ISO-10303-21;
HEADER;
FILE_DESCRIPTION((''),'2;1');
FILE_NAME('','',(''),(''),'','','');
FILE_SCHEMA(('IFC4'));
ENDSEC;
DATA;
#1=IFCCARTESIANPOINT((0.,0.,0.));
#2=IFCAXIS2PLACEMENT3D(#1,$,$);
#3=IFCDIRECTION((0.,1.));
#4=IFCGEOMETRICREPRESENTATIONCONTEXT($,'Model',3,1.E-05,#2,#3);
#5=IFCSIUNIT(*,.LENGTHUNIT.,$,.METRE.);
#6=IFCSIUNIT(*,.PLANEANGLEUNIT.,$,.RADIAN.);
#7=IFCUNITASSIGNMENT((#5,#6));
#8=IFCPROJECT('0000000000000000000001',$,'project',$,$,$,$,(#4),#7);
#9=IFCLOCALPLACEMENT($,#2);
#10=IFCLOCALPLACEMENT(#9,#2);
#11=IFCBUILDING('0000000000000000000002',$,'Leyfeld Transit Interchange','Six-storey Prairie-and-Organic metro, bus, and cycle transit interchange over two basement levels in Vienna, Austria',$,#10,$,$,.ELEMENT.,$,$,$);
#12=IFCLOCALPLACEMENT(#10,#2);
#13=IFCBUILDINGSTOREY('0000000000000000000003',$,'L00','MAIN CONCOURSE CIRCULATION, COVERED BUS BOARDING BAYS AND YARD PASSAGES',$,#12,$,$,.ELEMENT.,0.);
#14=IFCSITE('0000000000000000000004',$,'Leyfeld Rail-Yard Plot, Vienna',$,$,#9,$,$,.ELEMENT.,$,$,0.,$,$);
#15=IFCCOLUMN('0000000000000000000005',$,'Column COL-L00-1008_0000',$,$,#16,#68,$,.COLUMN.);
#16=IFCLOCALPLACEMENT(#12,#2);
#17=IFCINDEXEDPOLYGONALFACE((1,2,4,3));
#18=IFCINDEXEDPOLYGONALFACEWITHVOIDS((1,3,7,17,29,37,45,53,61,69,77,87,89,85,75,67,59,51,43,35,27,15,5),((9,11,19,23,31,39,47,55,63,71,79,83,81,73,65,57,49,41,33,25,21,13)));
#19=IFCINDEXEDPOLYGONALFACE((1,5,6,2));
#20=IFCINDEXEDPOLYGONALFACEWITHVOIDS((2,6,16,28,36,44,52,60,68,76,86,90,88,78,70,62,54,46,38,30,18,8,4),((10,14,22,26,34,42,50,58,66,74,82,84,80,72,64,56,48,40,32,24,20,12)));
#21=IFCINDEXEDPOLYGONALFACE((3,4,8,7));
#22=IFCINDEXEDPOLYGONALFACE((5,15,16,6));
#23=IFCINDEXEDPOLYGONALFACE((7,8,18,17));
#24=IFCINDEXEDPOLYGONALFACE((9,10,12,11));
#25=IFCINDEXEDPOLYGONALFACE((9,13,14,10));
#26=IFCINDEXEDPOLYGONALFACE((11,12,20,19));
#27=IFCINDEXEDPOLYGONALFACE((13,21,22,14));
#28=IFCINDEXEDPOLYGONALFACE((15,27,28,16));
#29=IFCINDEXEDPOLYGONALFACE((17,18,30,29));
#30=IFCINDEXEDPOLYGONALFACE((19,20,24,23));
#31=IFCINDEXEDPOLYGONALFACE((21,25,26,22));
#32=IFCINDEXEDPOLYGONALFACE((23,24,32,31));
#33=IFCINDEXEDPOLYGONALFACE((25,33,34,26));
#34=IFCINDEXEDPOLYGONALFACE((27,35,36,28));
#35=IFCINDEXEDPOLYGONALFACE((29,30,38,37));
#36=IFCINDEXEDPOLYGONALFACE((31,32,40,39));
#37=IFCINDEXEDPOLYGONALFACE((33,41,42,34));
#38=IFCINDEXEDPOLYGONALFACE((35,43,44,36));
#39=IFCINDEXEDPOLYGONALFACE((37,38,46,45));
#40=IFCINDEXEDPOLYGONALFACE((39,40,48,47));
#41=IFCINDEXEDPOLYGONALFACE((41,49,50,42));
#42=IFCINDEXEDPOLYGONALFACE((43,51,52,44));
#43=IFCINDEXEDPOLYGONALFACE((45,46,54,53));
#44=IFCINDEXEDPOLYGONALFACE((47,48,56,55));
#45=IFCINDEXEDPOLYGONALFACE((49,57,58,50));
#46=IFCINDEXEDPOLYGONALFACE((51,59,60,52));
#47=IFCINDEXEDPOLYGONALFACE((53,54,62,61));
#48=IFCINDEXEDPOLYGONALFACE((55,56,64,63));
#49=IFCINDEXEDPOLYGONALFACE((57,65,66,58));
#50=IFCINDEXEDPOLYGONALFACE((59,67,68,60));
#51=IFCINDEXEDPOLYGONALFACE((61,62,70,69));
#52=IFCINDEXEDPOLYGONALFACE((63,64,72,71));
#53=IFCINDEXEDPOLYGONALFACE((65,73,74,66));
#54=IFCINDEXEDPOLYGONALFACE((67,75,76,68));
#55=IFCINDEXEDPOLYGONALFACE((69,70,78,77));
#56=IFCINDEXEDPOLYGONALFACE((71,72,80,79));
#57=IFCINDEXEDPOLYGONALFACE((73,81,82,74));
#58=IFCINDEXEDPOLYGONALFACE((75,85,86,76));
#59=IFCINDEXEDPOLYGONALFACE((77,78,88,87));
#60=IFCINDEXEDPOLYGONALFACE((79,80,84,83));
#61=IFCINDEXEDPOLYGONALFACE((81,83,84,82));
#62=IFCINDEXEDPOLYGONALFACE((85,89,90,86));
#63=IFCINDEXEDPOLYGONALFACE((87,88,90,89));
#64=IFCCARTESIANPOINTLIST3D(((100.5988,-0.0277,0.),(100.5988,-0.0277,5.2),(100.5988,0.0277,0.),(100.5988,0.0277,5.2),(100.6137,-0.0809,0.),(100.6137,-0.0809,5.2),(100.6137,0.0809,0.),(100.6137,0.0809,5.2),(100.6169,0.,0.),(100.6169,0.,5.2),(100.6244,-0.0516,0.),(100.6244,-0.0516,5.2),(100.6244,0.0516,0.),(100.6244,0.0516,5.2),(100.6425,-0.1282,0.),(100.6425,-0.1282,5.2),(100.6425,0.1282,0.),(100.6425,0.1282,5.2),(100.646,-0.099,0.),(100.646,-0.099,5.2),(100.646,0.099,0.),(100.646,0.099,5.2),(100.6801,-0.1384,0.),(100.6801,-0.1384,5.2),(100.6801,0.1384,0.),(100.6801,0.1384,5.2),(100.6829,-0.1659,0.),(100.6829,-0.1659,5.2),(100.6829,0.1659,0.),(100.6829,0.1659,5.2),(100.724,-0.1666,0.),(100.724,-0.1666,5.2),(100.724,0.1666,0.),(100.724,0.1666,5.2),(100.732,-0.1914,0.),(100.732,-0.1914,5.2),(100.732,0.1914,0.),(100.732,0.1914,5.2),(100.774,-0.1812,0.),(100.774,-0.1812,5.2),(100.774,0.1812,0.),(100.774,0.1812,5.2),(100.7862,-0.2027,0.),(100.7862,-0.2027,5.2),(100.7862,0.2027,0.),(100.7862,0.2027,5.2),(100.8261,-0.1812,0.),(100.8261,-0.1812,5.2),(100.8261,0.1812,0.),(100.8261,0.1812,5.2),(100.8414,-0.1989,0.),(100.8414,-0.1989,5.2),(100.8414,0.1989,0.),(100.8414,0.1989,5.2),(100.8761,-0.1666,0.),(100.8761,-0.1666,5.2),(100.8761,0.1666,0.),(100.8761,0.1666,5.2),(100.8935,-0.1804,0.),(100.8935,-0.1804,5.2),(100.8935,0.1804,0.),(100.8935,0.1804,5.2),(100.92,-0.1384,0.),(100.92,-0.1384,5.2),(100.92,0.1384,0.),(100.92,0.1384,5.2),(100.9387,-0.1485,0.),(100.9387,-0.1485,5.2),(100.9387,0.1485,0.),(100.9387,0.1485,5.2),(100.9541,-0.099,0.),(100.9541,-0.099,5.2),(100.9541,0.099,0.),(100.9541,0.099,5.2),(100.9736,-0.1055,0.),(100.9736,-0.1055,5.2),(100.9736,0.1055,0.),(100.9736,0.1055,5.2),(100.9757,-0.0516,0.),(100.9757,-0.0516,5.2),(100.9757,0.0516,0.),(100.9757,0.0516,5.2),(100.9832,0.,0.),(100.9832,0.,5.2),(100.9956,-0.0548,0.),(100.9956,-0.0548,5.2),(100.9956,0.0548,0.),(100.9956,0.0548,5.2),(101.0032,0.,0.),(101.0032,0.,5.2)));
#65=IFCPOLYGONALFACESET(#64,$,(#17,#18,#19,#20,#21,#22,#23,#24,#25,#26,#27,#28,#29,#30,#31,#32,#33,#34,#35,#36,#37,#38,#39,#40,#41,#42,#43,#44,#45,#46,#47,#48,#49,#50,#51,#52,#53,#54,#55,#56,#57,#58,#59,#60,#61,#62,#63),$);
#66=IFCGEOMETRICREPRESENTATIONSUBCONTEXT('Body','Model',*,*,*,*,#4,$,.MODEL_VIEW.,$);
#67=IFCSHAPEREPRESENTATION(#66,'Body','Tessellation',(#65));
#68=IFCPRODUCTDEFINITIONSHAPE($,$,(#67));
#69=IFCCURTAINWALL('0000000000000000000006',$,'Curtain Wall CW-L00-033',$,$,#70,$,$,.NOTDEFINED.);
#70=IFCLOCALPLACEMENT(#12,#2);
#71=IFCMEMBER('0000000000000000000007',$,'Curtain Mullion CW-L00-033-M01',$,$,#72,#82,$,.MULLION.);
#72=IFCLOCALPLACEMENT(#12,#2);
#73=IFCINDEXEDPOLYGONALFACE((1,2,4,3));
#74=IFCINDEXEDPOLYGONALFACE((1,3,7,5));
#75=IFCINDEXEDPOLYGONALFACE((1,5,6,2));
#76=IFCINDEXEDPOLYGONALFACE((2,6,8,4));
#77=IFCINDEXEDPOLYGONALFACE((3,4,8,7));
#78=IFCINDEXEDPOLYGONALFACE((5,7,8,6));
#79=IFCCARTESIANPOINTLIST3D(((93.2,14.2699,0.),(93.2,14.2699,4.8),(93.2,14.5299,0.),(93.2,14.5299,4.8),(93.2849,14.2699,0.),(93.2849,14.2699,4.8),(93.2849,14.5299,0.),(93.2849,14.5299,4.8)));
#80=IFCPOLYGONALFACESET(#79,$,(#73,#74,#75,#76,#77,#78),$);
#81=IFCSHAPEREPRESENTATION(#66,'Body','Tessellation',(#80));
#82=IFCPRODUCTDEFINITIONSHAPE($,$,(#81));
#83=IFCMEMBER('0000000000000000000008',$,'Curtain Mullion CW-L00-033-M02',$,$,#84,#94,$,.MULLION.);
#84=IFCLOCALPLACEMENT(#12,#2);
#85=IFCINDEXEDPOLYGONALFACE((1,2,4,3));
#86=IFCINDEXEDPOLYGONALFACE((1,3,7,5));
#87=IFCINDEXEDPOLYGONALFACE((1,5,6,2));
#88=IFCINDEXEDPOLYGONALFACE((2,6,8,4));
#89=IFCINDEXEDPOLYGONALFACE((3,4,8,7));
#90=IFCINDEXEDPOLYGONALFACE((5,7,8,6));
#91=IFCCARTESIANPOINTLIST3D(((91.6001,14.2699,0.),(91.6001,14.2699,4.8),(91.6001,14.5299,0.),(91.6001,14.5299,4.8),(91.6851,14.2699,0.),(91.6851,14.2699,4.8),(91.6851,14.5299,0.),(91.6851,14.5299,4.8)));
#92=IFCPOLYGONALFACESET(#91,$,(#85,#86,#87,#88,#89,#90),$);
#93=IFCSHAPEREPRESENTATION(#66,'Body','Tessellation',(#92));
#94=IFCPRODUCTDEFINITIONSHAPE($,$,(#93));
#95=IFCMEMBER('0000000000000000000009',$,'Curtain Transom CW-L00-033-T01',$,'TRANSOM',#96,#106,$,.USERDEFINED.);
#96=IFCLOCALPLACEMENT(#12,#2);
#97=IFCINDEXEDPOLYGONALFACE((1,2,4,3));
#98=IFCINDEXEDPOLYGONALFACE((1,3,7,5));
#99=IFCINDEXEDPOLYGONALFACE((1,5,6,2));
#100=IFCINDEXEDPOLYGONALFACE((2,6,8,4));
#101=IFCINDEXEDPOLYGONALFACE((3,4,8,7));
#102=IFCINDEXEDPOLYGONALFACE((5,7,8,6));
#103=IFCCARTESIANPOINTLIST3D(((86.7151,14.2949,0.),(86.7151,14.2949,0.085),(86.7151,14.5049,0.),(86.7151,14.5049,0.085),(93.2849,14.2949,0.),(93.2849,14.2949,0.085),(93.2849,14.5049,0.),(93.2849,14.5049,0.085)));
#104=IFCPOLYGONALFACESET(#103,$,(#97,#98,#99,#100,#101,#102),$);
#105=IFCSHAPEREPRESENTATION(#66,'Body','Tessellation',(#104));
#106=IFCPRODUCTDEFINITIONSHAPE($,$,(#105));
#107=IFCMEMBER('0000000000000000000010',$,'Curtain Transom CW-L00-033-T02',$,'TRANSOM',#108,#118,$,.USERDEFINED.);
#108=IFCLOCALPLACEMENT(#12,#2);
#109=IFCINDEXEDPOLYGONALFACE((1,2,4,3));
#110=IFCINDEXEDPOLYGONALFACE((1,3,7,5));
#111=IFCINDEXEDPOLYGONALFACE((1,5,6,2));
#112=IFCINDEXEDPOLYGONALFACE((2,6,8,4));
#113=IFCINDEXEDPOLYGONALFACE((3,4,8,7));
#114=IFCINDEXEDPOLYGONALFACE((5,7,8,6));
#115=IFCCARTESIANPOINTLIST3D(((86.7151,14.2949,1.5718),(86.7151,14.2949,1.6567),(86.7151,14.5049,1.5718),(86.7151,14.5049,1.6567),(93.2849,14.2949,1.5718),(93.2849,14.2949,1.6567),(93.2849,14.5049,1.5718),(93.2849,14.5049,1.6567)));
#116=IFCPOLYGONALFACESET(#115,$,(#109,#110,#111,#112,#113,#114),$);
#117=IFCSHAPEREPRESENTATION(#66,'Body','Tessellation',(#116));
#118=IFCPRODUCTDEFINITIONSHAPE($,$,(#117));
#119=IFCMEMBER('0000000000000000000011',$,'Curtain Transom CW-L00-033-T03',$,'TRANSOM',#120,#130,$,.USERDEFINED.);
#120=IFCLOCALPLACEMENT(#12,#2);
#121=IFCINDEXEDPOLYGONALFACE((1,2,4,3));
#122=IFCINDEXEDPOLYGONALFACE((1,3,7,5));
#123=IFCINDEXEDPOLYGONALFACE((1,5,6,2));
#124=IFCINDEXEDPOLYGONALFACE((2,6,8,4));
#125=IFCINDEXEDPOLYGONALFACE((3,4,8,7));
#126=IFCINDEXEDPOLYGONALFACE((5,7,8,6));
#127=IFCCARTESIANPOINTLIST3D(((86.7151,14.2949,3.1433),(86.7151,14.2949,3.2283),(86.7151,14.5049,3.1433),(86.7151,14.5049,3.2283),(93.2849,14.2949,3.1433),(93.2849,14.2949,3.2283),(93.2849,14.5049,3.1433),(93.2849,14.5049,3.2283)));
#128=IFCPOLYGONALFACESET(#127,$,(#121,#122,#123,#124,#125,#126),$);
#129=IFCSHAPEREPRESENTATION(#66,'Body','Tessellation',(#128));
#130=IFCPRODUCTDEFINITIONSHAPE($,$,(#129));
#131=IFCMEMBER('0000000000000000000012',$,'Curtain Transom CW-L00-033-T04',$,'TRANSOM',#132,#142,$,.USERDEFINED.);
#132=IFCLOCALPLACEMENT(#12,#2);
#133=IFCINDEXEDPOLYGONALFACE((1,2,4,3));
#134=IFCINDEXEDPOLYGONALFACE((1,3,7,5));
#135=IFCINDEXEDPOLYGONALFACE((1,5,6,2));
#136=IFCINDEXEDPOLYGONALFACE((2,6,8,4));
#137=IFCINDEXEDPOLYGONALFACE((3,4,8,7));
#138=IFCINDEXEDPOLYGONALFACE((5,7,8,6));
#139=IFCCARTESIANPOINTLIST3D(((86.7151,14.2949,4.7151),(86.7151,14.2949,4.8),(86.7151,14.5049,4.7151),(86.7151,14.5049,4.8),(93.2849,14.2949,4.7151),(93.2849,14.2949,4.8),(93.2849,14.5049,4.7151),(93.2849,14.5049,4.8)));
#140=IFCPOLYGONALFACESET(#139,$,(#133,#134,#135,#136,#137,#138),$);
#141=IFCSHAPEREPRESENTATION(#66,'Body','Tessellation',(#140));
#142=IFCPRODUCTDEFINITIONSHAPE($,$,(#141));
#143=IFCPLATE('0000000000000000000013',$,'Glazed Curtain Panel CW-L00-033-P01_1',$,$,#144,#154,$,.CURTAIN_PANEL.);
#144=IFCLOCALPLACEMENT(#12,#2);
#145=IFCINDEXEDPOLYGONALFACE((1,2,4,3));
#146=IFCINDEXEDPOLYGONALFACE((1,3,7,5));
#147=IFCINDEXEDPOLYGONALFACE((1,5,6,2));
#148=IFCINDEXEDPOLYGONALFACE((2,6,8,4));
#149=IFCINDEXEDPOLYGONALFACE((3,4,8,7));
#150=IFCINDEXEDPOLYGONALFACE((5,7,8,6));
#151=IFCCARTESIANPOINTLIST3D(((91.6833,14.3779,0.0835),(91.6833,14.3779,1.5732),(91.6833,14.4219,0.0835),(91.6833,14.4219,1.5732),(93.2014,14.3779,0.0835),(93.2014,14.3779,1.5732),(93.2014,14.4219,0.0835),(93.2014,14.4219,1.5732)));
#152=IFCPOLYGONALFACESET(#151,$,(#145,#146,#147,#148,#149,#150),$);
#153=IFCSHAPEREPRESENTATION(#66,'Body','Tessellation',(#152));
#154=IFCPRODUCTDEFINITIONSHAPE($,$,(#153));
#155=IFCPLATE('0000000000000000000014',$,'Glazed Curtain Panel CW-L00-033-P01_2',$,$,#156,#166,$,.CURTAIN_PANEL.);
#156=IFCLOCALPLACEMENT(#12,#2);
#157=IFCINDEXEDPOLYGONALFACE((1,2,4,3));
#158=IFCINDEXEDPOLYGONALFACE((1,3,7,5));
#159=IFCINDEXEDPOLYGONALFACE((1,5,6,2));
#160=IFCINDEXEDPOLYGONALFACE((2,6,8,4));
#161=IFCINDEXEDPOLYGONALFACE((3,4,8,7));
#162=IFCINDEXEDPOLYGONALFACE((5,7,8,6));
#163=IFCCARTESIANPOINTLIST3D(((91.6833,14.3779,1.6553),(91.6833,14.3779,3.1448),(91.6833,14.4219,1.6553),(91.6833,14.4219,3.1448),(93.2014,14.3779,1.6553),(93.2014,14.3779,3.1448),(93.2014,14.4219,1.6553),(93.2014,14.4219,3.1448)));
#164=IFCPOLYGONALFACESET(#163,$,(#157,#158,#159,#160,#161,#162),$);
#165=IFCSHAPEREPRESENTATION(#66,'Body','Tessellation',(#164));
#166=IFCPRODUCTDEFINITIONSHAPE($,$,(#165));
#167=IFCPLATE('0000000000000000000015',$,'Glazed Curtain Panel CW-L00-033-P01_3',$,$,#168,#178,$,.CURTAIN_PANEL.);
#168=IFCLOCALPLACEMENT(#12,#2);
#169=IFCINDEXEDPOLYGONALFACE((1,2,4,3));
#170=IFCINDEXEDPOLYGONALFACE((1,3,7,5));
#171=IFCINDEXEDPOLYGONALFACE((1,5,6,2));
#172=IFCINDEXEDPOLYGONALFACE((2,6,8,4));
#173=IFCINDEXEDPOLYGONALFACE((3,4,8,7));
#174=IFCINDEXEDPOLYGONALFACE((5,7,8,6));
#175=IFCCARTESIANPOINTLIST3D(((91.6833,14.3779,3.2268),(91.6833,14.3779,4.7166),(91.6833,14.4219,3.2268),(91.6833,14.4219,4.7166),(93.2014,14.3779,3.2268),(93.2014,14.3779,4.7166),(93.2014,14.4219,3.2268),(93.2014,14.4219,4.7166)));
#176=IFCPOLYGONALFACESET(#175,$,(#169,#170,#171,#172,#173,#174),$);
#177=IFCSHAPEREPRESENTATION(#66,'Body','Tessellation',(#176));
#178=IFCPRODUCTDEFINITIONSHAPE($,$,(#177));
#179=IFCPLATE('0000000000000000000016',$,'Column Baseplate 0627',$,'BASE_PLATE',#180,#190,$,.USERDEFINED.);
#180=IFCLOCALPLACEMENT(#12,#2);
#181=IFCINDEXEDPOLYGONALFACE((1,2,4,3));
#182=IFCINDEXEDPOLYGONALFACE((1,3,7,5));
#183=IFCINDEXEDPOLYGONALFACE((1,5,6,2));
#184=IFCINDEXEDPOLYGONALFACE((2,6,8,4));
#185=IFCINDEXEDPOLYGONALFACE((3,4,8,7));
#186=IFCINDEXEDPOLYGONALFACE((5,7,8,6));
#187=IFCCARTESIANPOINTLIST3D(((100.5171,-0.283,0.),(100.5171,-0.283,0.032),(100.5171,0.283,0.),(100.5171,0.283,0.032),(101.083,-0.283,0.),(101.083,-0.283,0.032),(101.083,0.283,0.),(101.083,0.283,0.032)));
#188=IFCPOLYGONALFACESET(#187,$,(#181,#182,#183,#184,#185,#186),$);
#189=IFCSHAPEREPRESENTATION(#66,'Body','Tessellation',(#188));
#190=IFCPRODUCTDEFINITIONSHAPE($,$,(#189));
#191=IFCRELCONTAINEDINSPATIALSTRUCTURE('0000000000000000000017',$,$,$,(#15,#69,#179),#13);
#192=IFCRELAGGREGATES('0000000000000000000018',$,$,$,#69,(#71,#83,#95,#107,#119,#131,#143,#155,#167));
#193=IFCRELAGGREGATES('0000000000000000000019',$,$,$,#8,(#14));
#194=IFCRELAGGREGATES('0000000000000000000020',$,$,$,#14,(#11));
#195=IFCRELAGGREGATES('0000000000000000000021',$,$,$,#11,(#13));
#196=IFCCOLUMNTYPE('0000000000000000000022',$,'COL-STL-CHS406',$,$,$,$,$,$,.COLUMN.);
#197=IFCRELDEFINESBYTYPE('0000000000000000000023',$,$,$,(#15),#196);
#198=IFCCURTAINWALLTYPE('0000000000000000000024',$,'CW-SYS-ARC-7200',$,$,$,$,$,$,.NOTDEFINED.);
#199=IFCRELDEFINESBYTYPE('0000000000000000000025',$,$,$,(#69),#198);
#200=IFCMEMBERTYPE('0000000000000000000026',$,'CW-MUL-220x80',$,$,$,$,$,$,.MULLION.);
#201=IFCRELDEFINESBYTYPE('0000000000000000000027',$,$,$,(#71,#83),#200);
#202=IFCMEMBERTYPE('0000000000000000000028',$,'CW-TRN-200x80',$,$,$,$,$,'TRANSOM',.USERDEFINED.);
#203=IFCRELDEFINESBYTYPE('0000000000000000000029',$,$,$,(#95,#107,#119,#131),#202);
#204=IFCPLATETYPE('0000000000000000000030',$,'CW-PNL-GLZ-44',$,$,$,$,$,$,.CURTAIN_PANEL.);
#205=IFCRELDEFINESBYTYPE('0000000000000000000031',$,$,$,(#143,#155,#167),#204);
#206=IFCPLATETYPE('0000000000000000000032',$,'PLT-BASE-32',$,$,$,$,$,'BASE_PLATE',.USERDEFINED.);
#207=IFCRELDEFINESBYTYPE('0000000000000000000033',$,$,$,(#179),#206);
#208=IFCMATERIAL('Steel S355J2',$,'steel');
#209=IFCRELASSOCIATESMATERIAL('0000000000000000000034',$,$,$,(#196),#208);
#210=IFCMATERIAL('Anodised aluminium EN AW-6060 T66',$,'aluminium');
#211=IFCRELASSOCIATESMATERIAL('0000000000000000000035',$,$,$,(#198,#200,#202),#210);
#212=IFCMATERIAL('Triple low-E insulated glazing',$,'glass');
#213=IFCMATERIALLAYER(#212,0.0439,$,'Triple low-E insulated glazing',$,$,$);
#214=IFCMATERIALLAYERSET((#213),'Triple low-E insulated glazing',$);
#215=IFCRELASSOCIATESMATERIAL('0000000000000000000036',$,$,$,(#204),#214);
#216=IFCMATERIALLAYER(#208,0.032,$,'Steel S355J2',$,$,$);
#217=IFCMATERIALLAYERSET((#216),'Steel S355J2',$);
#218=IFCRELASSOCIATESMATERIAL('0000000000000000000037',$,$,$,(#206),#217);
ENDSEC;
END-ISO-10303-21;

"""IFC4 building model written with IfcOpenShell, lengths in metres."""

from ifc_helpers import new_model, si_unit, direction, frame, origin, origin_2d, place, context, subcontext, project, spatial, rectangle, hollow_circle, extrude, material, layer, layer_set, material_profile, profile_set, type_object, element, aggregate, save


model = new_model("IFC4")

# Units and contexts
model_context = context("Model", 3, precision=1e-05, world=origin(), true_north=direction((0.0, 1.0)))
body_context = subcontext(model_context, "Body", "Model", "MODEL_VIEW")
ifc_project = project(units=[si_unit("LENGTHUNIT", "METRE"), si_unit("PLANEANGLEUNIT", "RADIAN")], contexts=[model_context])

# Site, building, storey
site_placement = place(None, origin())
site = spatial("IfcSite", under=ifc_project, at=site_placement, Name="Leyfeld Rail-Yard Plot, Vienna", CompositionType="ELEMENT", RefElevation=0.0)
building_placement = place(site_placement, origin())
building = spatial("IfcBuilding", under=site, at=building_placement, Name="Leyfeld Transit Interchange", Description="Six-storey Prairie-and-Organic metro, bus, and cycle transit interchange over two basement levels in Vienna, Austria", CompositionType="ELEMENT")
storey_placement = place(building_placement, origin())
storey = spatial("IfcBuildingStorey", under=building, at=storey_placement, Name="L00", Description="MAIN CONCOURSE CIRCULATION, COVERED BUS BOARDING BAYS AND YARD PASSAGES", CompositionType="ELEMENT", Elevation=0.0)

# Column
ifc_material_1 = material(Name="Steel S355J2", Category="steel")
ifc_material_profile_1 = material_profile(ifc_material_1, hollow_circle(Radius=0.2031, WallThickness=0.02, at=origin_2d()), Name="CHS 406.4x20")
ifc_profile_set_1 = profile_set([ifc_material_profile_1], Name="Steel S355J2")
column_type_1 = type_object("IfcColumnType", Name="COL-STL-CHS406", PredefinedType="COLUMN", material=ifc_profile_set_1)
column_1_placement = place(storey_placement, frame((100.8, 0.0, 0.0), z_axis=(0.0, 0.0, 1.0), x_axis=(1.0, 0.0, 0.0)))
element("IfcColumn", 1, at=column_1_placement, inside=storey, type_object=column_type_1, Name="Column COL-L00-1008_0000", PredefinedType="COLUMN", context=body_context, shape_type="SweptSolid", body=[
    extrude(hollow_circle(Radius=0.2031, WallThickness=0.02, at=origin_2d()), origin(), (0.0, 0.0, 1.0), 5.2),
])

# Curtain wall, members, plates
ifc_material_2 = material(Name="Anodised aluminium EN AW-6060 T66", Category="aluminium")
curtain_wall_type = type_object("IfcCurtainWallType", Name="CW-SYS-ARC-7200", PredefinedType="NOTDEFINED", material=ifc_material_2)
curtain_wall_placement = place(storey_placement, origin())
curtain_wall = element("IfcCurtainWall", 2, at=curtain_wall_placement, inside=storey, type_object=curtain_wall_type, Name="Curtain Wall CW-L00-033", PredefinedType="NOTDEFINED")
ifc_material_profile_2 = material_profile(ifc_material_2, rectangle(XDim=0.085, YDim=0.26, at=origin_2d()), Name="CW-M 85x260")
ifc_profile_set_2 = profile_set([ifc_material_profile_2], Name="Anodised aluminium EN AW-6060 T66")
member_type_1 = type_object("IfcMemberType", Name="CW-MUL-220x80", PredefinedType="MULLION", material=ifc_profile_set_2)
member_1_placement = place(storey_placement, frame((93.2424, 14.3999, 0.0), z_axis=(0.0, 0.0, 1.0), x_axis=(-1.0, 0.0, 0.0)))
member_1 = element("IfcMember", 3, at=member_1_placement, type_object=member_type_1, Name="Curtain Mullion CW-L00-033-M01", PredefinedType="MULLION", context=body_context, shape_type="SweptSolid", body=[
    extrude(rectangle(XDim=0.085, YDim=0.26, at=origin_2d()), origin(), (0.0, 0.0, 1.0), 4.8),
])
member_2_placement = place(storey_placement, frame((91.6426, 14.3999, 0.0), z_axis=(0.0, 0.0, 1.0), x_axis=(-1.0, 0.0, 0.0)))
member_2 = element("IfcMember", 4, at=member_2_placement, type_object=member_type_1, Name="Curtain Mullion CW-L00-033-M02", PredefinedType="MULLION", context=body_context, shape_type="SweptSolid", body=[
    extrude(rectangle(XDim=0.085, YDim=0.26, at=origin_2d()), origin(), (0.0, 0.0, 1.0), 4.8),
])
ifc_material_profile_3 = material_profile(ifc_material_2, rectangle(XDim=0.21, YDim=0.085, at=origin_2d()), Name="CW-TRN-200x80")
ifc_profile_set_3 = profile_set([ifc_material_profile_3], Name="Anodised aluminium EN AW-6060 T66")
member_type_2 = type_object("IfcMemberType", Name="CW-TRN-200x80", ElementType="TRANSOM", PredefinedType="USERDEFINED", material=ifc_profile_set_3)
member_3_placement = place(storey_placement, frame((93.2849, 14.3999, 0.0425), z_axis=(-1.0, 0.0, 0.0), x_axis=(0.0, -1.0, 0.0)))
member_3 = element("IfcMember", 5, at=member_3_placement, type_object=member_type_2, Name="Curtain Transom CW-L00-033-T01", ObjectType="TRANSOM", PredefinedType="USERDEFINED", context=body_context, shape_type="SweptSolid", body=[
    extrude(rectangle(XDim=0.21, YDim=0.085, at=origin_2d()), origin(), (0.0, 0.0, 1.0), 6.5698),
])
member_4_placement = place(storey_placement, frame((93.2849, 14.3999, 1.6143), z_axis=(-1.0, 0.0, 0.0), x_axis=(0.0, -1.0, 0.0)))
member_4 = element("IfcMember", 6, at=member_4_placement, type_object=member_type_2, Name="Curtain Transom CW-L00-033-T02", ObjectType="TRANSOM", PredefinedType="USERDEFINED", context=body_context, shape_type="SweptSolid", body=[
    extrude(rectangle(XDim=0.21, YDim=0.085, at=origin_2d()), origin(), (0.0, 0.0, 1.0), 6.5698),
])
member_5_placement = place(storey_placement, frame((93.2849, 14.3999, 3.1858), z_axis=(-1.0, 0.0, 0.0), x_axis=(0.0, -1.0, 0.0)))
member_5 = element("IfcMember", 7, at=member_5_placement, type_object=member_type_2, Name="Curtain Transom CW-L00-033-T03", ObjectType="TRANSOM", PredefinedType="USERDEFINED", context=body_context, shape_type="SweptSolid", body=[
    extrude(rectangle(XDim=0.21, YDim=0.085, at=origin_2d()), origin(), (0.0, 0.0, 1.0), 6.5698),
])
member_6_placement = place(storey_placement, frame((93.2849, 14.3999, 4.7576), z_axis=(-1.0, 0.0, 0.0), x_axis=(0.0, -1.0, 0.0)))
member_6 = element("IfcMember", 8, at=member_6_placement, type_object=member_type_2, Name="Curtain Transom CW-L00-033-T04", ObjectType="TRANSOM", PredefinedType="USERDEFINED", context=body_context, shape_type="SweptSolid", body=[
    extrude(rectangle(XDim=0.21, YDim=0.085, at=origin_2d()), origin(), (0.0, 0.0, 1.0), 6.5698),
])
ifc_material_3 = material(Name="Triple low-E insulated glazing", Category="glass")
ifc_layer_1 = layer(ifc_material_3, 0.0439, Name="Triple low-E insulated glazing")
ifc_layer_set_1 = layer_set([ifc_layer_1], Name="Triple low-E insulated glazing")
plate_type_1 = type_object("IfcPlateType", Name="CW-PNL-GLZ-44", PredefinedType="CURTAIN_PANEL", material=ifc_layer_set_1)
plate_1_placement = place(storey_placement, frame((92.4424, 14.3999, 0.0835), z_axis=(0.0, 0.0, 1.0), x_axis=(-1.0, 0.0, 0.0)))
plate_1 = element("IfcPlate", 9, at=plate_1_placement, type_object=plate_type_1, Name="Glazed Curtain Panel CW-L00-033-P01_1", PredefinedType="CURTAIN_PANEL", context=body_context, shape_type="SweptSolid", body=[
    extrude(rectangle(XDim=1.5181, YDim=0.0439, at=origin_2d()), origin(), (0.0, 0.0, 1.0), 1.4897),
])
plate_2_placement = place(storey_placement, frame((92.4424, 14.3999, 1.6553), z_axis=(0.0, 0.0, 1.0), x_axis=(-1.0, 0.0, 0.0)))
plate_2 = element("IfcPlate", 10, at=plate_2_placement, type_object=plate_type_1, Name="Glazed Curtain Panel CW-L00-033-P01_2", PredefinedType="CURTAIN_PANEL", context=body_context, shape_type="SweptSolid", body=[
    extrude(rectangle(XDim=1.5181, YDim=0.0439, at=origin_2d()), origin(), (0.0, 0.0, 1.0), 1.4895),
])
plate_3_placement = place(storey_placement, frame((92.4424, 14.3999, 3.2268), z_axis=(0.0, 0.0, 1.0), x_axis=(-1.0, 0.0, 0.0)))
plate_3 = element("IfcPlate", 11, at=plate_3_placement, type_object=plate_type_1, Name="Glazed Curtain Panel CW-L00-033-P01_3", PredefinedType="CURTAIN_PANEL", context=body_context, shape_type="SweptSolid", body=[
    extrude(rectangle(XDim=1.5181, YDim=0.0439, at=origin_2d()), origin(), (0.0, 0.0, 1.0), 1.4897),
])
aggregate(curtain_wall, [member_1, member_2, member_3, member_4, member_5, member_6, plate_1, plate_2, plate_3])

# Plate
ifc_layer_2 = layer(ifc_material_1, 0.032, Name="Steel S355J2")
ifc_layer_set_2 = layer_set([ifc_layer_2], Name="Steel S355J2")
plate_type_2 = type_object("IfcPlateType", Name="PLT-BASE-32", ElementType="BASE_PLATE", PredefinedType="USERDEFINED", material=ifc_layer_set_2)
plate_4_placement = place(storey_placement, frame((100.8, 0.0, 0.0), z_axis=(0.0, 0.0, 1.0), x_axis=(1.0, 0.0, 0.0)))
element("IfcPlate", 12, at=plate_4_placement, inside=storey, type_object=plate_type_2, Name="Column Baseplate 0627", ObjectType="BASE_PLATE", PredefinedType="USERDEFINED", context=body_context, shape_type="SweptSolid", body=[
    extrude(rectangle(XDim=0.5659, YDim=0.5659, at=origin_2d()), origin(), (0.0, 0.0, 1.0), 0.032),
])

save(model, "model.ifc")
